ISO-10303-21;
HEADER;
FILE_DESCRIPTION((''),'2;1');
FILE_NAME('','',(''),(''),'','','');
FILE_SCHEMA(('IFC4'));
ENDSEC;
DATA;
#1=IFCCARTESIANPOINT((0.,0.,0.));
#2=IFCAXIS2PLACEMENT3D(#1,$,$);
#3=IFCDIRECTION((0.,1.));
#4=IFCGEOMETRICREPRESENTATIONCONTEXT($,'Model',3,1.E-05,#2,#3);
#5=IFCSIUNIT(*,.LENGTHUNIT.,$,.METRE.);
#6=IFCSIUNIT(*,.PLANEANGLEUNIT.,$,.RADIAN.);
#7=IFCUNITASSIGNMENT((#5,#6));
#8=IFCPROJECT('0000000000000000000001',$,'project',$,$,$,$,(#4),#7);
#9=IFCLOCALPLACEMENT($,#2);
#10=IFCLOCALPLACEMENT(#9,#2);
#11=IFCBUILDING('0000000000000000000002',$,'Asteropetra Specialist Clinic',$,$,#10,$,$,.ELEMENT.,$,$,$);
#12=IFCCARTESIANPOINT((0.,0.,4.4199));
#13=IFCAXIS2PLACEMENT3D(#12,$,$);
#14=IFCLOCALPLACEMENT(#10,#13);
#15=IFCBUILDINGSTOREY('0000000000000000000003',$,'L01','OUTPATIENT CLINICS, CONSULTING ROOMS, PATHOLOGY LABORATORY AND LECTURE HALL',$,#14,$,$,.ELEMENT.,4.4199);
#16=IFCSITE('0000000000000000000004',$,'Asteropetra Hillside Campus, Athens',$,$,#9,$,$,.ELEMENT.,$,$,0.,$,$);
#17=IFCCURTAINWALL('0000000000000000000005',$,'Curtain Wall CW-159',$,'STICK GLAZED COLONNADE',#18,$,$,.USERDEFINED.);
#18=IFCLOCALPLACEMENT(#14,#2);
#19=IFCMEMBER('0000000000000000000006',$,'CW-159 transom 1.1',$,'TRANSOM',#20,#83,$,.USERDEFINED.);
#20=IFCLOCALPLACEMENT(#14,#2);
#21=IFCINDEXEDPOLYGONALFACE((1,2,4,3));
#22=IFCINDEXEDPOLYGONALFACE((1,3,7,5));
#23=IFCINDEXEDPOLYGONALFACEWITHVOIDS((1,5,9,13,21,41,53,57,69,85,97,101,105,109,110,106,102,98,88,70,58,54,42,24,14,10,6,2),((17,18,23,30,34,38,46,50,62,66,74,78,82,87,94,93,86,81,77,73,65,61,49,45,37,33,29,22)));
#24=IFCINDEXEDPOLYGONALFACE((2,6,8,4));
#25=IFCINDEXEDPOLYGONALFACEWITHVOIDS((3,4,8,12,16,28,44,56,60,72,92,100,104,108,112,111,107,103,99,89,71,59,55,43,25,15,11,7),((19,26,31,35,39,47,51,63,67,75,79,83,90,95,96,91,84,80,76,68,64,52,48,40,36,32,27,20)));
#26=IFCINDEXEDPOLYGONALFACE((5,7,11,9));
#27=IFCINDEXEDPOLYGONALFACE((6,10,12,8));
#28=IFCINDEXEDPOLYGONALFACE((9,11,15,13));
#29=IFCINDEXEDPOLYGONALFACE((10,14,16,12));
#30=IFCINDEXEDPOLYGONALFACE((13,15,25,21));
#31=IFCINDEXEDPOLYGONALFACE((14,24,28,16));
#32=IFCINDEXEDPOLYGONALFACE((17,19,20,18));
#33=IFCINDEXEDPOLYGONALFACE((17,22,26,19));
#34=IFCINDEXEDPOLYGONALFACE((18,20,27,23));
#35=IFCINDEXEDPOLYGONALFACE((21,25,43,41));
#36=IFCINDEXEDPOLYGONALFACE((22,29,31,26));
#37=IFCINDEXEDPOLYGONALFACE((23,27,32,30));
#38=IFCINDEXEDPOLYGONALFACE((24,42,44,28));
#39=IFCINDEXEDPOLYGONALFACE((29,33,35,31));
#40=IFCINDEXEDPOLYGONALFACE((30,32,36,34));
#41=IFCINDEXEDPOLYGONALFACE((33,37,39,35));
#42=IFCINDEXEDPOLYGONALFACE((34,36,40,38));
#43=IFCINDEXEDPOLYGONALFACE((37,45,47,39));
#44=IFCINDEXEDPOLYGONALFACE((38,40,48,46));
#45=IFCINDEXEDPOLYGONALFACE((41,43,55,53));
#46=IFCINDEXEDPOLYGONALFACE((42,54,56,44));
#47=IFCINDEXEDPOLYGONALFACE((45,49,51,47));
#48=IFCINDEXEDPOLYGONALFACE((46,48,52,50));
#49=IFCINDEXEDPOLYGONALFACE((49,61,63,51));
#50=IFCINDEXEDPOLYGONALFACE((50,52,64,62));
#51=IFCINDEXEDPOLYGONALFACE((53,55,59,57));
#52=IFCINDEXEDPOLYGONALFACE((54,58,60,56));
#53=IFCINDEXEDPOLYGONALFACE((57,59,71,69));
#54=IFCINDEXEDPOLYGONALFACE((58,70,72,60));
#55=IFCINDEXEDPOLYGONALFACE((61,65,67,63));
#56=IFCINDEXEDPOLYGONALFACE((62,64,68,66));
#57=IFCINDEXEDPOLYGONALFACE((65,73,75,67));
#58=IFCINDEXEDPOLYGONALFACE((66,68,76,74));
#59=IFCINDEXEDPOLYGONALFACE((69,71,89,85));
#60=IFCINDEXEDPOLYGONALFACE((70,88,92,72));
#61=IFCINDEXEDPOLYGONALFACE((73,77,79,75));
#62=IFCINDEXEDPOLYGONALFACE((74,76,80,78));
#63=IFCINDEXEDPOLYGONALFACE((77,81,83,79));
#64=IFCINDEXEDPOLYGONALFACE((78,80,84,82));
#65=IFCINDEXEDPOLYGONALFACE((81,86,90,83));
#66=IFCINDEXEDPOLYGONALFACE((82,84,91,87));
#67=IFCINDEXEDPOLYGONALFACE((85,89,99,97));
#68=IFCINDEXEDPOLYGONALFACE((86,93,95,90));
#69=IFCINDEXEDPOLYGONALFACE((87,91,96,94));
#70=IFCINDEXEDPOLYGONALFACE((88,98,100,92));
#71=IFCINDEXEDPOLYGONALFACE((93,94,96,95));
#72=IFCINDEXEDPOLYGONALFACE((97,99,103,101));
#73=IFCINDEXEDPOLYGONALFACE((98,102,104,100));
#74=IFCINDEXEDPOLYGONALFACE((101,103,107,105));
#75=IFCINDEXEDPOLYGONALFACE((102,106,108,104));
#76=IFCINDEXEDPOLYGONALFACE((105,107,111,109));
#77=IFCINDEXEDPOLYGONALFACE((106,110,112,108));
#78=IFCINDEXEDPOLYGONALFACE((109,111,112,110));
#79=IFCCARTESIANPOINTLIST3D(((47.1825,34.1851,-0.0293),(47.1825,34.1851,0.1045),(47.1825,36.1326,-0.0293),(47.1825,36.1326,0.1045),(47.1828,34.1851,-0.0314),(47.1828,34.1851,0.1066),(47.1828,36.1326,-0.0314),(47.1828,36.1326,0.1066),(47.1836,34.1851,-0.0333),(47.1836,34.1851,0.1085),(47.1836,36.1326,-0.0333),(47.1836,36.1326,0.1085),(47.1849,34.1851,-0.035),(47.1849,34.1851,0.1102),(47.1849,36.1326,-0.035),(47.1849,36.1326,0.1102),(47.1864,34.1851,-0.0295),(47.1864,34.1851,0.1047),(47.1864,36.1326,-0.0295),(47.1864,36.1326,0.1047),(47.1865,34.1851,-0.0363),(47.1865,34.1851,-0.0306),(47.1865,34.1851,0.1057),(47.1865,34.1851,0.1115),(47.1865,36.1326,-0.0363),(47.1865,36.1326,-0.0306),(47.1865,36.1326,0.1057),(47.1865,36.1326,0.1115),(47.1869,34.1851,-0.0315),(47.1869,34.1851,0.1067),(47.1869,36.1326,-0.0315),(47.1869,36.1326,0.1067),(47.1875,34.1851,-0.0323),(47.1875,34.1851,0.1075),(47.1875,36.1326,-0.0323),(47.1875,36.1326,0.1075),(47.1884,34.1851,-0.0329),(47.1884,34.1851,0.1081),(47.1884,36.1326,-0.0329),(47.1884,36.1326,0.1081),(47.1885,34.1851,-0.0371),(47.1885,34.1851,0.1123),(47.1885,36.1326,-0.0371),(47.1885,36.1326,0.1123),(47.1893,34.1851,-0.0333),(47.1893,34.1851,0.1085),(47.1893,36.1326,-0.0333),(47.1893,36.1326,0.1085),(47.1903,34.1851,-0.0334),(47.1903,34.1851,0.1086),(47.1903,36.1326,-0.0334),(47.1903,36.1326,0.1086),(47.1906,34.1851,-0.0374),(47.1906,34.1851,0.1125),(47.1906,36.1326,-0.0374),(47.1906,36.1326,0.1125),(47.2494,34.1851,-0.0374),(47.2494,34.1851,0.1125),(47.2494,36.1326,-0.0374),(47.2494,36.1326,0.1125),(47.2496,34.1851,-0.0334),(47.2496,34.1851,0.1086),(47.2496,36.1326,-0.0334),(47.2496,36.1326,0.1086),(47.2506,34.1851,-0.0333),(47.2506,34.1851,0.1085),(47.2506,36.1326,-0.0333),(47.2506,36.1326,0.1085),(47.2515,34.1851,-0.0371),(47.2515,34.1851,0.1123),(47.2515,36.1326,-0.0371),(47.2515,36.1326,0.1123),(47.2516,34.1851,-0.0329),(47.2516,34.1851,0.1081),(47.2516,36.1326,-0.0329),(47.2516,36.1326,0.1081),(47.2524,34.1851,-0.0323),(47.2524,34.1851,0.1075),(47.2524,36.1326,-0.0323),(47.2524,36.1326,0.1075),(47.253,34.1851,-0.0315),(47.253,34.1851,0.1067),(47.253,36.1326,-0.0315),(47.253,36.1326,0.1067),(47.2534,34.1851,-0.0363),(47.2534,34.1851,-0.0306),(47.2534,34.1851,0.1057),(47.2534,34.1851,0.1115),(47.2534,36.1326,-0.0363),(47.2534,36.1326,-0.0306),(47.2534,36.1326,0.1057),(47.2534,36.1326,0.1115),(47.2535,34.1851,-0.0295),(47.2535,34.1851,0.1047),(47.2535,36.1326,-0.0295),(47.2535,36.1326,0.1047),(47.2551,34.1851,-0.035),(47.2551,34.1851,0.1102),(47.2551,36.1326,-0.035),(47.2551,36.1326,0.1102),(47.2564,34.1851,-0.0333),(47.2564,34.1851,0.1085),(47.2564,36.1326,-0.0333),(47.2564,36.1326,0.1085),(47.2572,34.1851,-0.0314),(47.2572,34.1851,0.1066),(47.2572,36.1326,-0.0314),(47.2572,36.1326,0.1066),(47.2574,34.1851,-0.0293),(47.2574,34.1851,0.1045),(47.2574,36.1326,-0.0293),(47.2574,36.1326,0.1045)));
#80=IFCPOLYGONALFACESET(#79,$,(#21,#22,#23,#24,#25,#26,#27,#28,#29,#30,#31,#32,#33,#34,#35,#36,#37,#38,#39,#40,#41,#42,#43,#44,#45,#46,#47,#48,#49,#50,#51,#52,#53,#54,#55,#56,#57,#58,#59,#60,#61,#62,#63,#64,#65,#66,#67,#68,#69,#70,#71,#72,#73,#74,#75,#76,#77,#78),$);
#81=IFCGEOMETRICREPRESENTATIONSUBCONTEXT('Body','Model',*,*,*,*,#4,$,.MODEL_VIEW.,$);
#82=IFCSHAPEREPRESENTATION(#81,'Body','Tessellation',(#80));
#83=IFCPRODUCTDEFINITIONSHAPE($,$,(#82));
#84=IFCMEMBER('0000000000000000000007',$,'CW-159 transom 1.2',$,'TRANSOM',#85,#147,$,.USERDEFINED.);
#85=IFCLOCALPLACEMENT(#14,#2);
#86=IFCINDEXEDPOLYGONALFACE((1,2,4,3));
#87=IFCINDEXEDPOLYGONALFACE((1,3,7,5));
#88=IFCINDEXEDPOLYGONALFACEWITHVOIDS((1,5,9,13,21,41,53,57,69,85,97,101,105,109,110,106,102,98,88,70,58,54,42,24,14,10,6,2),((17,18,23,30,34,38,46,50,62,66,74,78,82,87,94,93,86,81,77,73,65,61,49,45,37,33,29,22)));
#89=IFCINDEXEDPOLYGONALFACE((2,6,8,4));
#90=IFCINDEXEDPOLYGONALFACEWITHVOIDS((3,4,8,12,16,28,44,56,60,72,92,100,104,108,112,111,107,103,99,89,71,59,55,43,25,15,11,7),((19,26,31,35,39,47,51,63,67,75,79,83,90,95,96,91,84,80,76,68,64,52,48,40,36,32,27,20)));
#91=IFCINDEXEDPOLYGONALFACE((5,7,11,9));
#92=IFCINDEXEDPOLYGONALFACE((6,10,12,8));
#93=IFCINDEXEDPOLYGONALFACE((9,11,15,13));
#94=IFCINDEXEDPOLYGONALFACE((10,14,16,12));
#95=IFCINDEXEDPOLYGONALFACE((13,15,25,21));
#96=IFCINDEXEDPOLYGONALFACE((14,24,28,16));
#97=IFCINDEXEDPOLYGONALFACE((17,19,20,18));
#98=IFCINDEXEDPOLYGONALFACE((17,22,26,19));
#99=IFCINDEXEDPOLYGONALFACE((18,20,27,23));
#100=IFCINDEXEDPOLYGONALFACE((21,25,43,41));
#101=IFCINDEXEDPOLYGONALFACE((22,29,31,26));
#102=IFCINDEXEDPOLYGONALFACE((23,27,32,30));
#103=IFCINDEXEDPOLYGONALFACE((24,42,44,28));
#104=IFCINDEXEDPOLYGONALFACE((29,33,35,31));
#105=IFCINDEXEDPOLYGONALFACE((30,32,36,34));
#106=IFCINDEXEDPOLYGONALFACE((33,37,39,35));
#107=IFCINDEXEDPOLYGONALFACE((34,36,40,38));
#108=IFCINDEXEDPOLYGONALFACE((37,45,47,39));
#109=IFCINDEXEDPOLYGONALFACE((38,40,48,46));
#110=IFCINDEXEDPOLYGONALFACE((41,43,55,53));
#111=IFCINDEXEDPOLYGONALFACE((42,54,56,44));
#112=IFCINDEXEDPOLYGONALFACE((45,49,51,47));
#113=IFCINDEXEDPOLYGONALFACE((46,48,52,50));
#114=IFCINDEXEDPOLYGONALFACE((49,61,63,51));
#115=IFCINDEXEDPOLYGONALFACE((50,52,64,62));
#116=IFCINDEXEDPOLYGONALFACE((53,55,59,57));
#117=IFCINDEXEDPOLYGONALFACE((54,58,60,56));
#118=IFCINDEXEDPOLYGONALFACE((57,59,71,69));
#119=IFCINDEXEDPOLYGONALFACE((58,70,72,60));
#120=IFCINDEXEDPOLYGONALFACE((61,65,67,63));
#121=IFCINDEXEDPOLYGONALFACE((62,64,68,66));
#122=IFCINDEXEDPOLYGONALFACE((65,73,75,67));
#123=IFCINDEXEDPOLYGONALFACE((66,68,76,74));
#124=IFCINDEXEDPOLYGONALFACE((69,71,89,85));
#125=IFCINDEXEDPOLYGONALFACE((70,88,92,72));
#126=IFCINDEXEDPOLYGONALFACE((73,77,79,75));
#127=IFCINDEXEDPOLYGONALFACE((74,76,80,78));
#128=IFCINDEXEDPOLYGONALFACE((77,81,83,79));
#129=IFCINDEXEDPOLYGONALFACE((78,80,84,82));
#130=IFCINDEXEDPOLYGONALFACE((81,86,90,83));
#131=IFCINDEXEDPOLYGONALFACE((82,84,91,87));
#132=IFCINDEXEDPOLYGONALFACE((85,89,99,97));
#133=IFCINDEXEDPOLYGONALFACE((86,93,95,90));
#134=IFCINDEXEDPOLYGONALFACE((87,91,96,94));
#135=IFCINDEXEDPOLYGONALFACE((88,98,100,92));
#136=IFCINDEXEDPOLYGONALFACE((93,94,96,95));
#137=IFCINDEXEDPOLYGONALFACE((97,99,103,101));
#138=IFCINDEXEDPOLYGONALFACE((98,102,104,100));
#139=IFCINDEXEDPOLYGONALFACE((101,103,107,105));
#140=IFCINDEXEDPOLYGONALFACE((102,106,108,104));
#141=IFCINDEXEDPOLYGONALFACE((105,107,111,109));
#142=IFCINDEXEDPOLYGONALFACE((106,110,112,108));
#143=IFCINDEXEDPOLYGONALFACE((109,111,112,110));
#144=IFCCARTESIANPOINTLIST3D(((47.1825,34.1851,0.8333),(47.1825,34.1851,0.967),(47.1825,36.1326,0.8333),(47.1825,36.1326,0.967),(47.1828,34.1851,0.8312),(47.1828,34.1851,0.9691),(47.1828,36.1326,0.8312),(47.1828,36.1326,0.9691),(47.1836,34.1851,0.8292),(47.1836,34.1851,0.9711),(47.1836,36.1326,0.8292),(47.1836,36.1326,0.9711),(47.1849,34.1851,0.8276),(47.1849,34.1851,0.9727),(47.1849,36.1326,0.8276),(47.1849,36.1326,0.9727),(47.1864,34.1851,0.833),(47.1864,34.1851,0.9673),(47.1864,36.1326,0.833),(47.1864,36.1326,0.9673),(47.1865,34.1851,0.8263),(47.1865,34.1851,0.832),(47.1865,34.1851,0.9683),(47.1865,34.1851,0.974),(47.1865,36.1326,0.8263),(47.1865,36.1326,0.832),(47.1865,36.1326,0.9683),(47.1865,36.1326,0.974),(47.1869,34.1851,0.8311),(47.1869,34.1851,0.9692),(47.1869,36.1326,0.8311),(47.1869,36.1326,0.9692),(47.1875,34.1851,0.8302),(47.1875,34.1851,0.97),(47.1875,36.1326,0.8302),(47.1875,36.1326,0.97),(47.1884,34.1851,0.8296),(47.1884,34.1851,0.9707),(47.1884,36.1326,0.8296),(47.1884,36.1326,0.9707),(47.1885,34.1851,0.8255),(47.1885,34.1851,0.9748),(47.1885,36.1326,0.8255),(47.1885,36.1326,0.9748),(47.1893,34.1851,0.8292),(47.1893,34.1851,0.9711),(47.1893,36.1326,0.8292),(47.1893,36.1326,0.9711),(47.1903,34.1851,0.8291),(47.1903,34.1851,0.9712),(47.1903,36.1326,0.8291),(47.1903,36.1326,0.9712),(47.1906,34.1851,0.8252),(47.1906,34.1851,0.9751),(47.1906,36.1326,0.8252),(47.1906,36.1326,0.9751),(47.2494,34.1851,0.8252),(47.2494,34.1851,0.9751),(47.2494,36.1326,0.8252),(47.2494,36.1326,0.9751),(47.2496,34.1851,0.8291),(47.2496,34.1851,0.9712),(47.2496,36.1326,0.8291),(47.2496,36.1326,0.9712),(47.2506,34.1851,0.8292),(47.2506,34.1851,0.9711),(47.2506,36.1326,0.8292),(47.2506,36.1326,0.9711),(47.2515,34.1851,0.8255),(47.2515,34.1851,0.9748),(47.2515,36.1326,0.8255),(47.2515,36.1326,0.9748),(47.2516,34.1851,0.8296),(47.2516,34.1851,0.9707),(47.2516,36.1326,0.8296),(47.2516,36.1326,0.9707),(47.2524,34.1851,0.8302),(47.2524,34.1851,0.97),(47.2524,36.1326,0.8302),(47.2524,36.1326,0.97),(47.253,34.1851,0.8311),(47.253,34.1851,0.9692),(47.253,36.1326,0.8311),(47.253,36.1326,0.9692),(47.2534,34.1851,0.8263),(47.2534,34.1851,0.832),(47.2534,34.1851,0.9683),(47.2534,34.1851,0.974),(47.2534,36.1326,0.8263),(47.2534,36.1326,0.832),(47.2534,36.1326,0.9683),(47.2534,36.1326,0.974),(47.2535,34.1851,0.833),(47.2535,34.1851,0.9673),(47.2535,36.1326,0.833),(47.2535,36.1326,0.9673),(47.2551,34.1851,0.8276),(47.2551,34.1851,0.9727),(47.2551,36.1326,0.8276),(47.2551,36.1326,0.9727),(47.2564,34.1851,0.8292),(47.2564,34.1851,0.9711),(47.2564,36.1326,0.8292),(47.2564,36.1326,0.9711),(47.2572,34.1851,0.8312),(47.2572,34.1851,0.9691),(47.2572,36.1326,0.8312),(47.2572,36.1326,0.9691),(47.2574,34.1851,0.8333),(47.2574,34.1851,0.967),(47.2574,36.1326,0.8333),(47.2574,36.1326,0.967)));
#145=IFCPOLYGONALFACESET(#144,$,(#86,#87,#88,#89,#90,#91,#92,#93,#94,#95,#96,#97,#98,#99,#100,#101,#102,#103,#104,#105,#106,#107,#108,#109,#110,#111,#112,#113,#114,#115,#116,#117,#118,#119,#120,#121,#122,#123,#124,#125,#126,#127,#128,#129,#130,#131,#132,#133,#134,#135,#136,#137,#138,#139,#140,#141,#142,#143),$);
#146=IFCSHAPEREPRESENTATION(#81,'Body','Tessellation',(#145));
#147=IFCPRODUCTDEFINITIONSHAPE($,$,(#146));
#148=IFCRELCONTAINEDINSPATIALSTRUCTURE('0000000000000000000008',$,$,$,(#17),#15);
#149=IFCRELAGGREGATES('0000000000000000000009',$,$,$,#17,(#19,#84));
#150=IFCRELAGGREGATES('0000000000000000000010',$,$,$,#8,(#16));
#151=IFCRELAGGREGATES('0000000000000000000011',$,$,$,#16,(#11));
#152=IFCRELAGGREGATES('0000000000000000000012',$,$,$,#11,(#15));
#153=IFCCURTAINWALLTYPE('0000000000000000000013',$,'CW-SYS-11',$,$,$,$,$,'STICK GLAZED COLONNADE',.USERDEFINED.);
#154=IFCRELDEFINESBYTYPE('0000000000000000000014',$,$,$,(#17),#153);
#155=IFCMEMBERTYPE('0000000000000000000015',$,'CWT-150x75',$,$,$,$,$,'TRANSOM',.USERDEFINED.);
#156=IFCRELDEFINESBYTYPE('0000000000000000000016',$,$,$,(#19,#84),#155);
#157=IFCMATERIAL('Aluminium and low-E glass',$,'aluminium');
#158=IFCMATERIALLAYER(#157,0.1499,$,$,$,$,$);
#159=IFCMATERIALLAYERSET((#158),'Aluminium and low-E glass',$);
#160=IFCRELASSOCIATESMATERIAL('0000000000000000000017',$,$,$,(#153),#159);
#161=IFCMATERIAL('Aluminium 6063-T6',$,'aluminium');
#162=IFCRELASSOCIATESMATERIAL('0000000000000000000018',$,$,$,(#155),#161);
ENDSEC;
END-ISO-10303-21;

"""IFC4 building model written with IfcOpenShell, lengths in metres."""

from ifc_helpers import new_model, si_unit, direction, frame, origin, origin_2d, place, context, subcontext, project, spatial, hollow_rectangle, extrude, material, layer, layer_set, material_profile, profile_set, type_object, element, aggregate, save


model = new_model("IFC4")

# Units and contexts
model_context = context("Model", 3, precision=1e-05, world=origin(), true_north=direction((0.0, 1.0)))
body_context = subcontext(model_context, "Body", "Model", "MODEL_VIEW")
ifc_project = project(units=[si_unit("LENGTHUNIT", "METRE"), si_unit("PLANEANGLEUNIT", "RADIAN")], contexts=[model_context])

# Site, building, storey
site_placement = place(None, origin())
site = spatial("IfcSite", under=ifc_project, at=site_placement, Name="Asteropetra Hillside Campus, Athens", CompositionType="ELEMENT", RefElevation=0.0)
building_placement = place(site_placement, origin())
building = spatial("IfcBuilding", under=site, at=building_placement, Name="Asteropetra Specialist Clinic", CompositionType="ELEMENT")
storey_placement = place(building_placement, frame((0.0, 0.0, 4.4199)))
storey = spatial("IfcBuildingStorey", under=building, at=storey_placement, Name="L01", Description="OUTPATIENT CLINICS, CONSULTING ROOMS, PATHOLOGY LABORATORY AND LECTURE HALL", CompositionType="ELEMENT", Elevation=4.4199)

# Curtain wall
ifc_material_1 = material(Name="Aluminium and low-E glass", Category="aluminium")
ifc_layer_1 = layer(ifc_material_1, 0.1499)
ifc_layer_set_1 = layer_set([ifc_layer_1], Name="Aluminium and low-E glass")
curtain_wall_type = type_object("IfcCurtainWallType", Name="CW-SYS-11", ElementType="STICK GLAZED COLONNADE", PredefinedType="USERDEFINED", material=ifc_layer_set_1)
curtain_wall_1_placement = place(storey_placement, origin())
curtain_wall_1 = element("IfcCurtainWall", 1, at=curtain_wall_1_placement, inside=storey, type_object=curtain_wall_type, Name="Curtain Wall CW-159", ObjectType="STICK GLAZED COLONNADE", PredefinedType="USERDEFINED")

# Members
ifc_material_2 = material(Name="Aluminium 6063-T6", Category="aluminium")
ifc_material_profile_1 = material_profile(ifc_material_2, hollow_rectangle(XDim=0.075, YDim=0.1499, WallThickness=0.0039, InnerFilletRadius=0.0039, OuterFilletRadius=0.0081, at=origin_2d()), Name="TRN 150x75x4.0")
ifc_profile_set_1 = profile_set([ifc_material_profile_1], Name="Aluminium 6063-T6")
member_type_1 = type_object("IfcMemberType", Name="CWT-150x75", ElementType="TRANSOM", PredefinedType="USERDEFINED", material=ifc_profile_set_1)
member_1_placement = place(storey_placement, frame((47.22, 34.1851, 0.0376), z_axis=(0.0, 1.0, 0.0), x_axis=(-1.0, 0.0, 0.0)))
member_1 = element("IfcMember", 2, at=member_1_placement, type_object=member_type_1, Name="CW-159 transom 1.1", ObjectType="TRANSOM", PredefinedType="USERDEFINED", context=body_context, shape_type="SweptSolid", body=[
    extrude(hollow_rectangle(XDim=0.075, YDim=0.1499, WallThickness=0.0039, InnerFilletRadius=0.0039, OuterFilletRadius=0.0081, at=origin_2d()), origin(), (0.0, 0.0, 1.0), 1.9475),
])
member_2_placement = place(storey_placement, frame((47.22, 34.1851, 0.9001), z_axis=(0.0, 1.0, 0.0), x_axis=(-1.0, 0.0, 0.0)))
member_2 = element("IfcMember", 3, at=member_2_placement, type_object=member_type_1, Name="CW-159 transom 1.2", ObjectType="TRANSOM", PredefinedType="USERDEFINED", context=body_context, shape_type="SweptSolid", body=[
    extrude(hollow_rectangle(XDim=0.075, YDim=0.1499, WallThickness=0.0039, InnerFilletRadius=0.0039, OuterFilletRadius=0.0081, at=origin_2d()), origin(), (0.0, 0.0, 1.0), 1.9475),
])
aggregate(curtain_wall_1, [member_1, member_2])

save(model, "model.ifc")
